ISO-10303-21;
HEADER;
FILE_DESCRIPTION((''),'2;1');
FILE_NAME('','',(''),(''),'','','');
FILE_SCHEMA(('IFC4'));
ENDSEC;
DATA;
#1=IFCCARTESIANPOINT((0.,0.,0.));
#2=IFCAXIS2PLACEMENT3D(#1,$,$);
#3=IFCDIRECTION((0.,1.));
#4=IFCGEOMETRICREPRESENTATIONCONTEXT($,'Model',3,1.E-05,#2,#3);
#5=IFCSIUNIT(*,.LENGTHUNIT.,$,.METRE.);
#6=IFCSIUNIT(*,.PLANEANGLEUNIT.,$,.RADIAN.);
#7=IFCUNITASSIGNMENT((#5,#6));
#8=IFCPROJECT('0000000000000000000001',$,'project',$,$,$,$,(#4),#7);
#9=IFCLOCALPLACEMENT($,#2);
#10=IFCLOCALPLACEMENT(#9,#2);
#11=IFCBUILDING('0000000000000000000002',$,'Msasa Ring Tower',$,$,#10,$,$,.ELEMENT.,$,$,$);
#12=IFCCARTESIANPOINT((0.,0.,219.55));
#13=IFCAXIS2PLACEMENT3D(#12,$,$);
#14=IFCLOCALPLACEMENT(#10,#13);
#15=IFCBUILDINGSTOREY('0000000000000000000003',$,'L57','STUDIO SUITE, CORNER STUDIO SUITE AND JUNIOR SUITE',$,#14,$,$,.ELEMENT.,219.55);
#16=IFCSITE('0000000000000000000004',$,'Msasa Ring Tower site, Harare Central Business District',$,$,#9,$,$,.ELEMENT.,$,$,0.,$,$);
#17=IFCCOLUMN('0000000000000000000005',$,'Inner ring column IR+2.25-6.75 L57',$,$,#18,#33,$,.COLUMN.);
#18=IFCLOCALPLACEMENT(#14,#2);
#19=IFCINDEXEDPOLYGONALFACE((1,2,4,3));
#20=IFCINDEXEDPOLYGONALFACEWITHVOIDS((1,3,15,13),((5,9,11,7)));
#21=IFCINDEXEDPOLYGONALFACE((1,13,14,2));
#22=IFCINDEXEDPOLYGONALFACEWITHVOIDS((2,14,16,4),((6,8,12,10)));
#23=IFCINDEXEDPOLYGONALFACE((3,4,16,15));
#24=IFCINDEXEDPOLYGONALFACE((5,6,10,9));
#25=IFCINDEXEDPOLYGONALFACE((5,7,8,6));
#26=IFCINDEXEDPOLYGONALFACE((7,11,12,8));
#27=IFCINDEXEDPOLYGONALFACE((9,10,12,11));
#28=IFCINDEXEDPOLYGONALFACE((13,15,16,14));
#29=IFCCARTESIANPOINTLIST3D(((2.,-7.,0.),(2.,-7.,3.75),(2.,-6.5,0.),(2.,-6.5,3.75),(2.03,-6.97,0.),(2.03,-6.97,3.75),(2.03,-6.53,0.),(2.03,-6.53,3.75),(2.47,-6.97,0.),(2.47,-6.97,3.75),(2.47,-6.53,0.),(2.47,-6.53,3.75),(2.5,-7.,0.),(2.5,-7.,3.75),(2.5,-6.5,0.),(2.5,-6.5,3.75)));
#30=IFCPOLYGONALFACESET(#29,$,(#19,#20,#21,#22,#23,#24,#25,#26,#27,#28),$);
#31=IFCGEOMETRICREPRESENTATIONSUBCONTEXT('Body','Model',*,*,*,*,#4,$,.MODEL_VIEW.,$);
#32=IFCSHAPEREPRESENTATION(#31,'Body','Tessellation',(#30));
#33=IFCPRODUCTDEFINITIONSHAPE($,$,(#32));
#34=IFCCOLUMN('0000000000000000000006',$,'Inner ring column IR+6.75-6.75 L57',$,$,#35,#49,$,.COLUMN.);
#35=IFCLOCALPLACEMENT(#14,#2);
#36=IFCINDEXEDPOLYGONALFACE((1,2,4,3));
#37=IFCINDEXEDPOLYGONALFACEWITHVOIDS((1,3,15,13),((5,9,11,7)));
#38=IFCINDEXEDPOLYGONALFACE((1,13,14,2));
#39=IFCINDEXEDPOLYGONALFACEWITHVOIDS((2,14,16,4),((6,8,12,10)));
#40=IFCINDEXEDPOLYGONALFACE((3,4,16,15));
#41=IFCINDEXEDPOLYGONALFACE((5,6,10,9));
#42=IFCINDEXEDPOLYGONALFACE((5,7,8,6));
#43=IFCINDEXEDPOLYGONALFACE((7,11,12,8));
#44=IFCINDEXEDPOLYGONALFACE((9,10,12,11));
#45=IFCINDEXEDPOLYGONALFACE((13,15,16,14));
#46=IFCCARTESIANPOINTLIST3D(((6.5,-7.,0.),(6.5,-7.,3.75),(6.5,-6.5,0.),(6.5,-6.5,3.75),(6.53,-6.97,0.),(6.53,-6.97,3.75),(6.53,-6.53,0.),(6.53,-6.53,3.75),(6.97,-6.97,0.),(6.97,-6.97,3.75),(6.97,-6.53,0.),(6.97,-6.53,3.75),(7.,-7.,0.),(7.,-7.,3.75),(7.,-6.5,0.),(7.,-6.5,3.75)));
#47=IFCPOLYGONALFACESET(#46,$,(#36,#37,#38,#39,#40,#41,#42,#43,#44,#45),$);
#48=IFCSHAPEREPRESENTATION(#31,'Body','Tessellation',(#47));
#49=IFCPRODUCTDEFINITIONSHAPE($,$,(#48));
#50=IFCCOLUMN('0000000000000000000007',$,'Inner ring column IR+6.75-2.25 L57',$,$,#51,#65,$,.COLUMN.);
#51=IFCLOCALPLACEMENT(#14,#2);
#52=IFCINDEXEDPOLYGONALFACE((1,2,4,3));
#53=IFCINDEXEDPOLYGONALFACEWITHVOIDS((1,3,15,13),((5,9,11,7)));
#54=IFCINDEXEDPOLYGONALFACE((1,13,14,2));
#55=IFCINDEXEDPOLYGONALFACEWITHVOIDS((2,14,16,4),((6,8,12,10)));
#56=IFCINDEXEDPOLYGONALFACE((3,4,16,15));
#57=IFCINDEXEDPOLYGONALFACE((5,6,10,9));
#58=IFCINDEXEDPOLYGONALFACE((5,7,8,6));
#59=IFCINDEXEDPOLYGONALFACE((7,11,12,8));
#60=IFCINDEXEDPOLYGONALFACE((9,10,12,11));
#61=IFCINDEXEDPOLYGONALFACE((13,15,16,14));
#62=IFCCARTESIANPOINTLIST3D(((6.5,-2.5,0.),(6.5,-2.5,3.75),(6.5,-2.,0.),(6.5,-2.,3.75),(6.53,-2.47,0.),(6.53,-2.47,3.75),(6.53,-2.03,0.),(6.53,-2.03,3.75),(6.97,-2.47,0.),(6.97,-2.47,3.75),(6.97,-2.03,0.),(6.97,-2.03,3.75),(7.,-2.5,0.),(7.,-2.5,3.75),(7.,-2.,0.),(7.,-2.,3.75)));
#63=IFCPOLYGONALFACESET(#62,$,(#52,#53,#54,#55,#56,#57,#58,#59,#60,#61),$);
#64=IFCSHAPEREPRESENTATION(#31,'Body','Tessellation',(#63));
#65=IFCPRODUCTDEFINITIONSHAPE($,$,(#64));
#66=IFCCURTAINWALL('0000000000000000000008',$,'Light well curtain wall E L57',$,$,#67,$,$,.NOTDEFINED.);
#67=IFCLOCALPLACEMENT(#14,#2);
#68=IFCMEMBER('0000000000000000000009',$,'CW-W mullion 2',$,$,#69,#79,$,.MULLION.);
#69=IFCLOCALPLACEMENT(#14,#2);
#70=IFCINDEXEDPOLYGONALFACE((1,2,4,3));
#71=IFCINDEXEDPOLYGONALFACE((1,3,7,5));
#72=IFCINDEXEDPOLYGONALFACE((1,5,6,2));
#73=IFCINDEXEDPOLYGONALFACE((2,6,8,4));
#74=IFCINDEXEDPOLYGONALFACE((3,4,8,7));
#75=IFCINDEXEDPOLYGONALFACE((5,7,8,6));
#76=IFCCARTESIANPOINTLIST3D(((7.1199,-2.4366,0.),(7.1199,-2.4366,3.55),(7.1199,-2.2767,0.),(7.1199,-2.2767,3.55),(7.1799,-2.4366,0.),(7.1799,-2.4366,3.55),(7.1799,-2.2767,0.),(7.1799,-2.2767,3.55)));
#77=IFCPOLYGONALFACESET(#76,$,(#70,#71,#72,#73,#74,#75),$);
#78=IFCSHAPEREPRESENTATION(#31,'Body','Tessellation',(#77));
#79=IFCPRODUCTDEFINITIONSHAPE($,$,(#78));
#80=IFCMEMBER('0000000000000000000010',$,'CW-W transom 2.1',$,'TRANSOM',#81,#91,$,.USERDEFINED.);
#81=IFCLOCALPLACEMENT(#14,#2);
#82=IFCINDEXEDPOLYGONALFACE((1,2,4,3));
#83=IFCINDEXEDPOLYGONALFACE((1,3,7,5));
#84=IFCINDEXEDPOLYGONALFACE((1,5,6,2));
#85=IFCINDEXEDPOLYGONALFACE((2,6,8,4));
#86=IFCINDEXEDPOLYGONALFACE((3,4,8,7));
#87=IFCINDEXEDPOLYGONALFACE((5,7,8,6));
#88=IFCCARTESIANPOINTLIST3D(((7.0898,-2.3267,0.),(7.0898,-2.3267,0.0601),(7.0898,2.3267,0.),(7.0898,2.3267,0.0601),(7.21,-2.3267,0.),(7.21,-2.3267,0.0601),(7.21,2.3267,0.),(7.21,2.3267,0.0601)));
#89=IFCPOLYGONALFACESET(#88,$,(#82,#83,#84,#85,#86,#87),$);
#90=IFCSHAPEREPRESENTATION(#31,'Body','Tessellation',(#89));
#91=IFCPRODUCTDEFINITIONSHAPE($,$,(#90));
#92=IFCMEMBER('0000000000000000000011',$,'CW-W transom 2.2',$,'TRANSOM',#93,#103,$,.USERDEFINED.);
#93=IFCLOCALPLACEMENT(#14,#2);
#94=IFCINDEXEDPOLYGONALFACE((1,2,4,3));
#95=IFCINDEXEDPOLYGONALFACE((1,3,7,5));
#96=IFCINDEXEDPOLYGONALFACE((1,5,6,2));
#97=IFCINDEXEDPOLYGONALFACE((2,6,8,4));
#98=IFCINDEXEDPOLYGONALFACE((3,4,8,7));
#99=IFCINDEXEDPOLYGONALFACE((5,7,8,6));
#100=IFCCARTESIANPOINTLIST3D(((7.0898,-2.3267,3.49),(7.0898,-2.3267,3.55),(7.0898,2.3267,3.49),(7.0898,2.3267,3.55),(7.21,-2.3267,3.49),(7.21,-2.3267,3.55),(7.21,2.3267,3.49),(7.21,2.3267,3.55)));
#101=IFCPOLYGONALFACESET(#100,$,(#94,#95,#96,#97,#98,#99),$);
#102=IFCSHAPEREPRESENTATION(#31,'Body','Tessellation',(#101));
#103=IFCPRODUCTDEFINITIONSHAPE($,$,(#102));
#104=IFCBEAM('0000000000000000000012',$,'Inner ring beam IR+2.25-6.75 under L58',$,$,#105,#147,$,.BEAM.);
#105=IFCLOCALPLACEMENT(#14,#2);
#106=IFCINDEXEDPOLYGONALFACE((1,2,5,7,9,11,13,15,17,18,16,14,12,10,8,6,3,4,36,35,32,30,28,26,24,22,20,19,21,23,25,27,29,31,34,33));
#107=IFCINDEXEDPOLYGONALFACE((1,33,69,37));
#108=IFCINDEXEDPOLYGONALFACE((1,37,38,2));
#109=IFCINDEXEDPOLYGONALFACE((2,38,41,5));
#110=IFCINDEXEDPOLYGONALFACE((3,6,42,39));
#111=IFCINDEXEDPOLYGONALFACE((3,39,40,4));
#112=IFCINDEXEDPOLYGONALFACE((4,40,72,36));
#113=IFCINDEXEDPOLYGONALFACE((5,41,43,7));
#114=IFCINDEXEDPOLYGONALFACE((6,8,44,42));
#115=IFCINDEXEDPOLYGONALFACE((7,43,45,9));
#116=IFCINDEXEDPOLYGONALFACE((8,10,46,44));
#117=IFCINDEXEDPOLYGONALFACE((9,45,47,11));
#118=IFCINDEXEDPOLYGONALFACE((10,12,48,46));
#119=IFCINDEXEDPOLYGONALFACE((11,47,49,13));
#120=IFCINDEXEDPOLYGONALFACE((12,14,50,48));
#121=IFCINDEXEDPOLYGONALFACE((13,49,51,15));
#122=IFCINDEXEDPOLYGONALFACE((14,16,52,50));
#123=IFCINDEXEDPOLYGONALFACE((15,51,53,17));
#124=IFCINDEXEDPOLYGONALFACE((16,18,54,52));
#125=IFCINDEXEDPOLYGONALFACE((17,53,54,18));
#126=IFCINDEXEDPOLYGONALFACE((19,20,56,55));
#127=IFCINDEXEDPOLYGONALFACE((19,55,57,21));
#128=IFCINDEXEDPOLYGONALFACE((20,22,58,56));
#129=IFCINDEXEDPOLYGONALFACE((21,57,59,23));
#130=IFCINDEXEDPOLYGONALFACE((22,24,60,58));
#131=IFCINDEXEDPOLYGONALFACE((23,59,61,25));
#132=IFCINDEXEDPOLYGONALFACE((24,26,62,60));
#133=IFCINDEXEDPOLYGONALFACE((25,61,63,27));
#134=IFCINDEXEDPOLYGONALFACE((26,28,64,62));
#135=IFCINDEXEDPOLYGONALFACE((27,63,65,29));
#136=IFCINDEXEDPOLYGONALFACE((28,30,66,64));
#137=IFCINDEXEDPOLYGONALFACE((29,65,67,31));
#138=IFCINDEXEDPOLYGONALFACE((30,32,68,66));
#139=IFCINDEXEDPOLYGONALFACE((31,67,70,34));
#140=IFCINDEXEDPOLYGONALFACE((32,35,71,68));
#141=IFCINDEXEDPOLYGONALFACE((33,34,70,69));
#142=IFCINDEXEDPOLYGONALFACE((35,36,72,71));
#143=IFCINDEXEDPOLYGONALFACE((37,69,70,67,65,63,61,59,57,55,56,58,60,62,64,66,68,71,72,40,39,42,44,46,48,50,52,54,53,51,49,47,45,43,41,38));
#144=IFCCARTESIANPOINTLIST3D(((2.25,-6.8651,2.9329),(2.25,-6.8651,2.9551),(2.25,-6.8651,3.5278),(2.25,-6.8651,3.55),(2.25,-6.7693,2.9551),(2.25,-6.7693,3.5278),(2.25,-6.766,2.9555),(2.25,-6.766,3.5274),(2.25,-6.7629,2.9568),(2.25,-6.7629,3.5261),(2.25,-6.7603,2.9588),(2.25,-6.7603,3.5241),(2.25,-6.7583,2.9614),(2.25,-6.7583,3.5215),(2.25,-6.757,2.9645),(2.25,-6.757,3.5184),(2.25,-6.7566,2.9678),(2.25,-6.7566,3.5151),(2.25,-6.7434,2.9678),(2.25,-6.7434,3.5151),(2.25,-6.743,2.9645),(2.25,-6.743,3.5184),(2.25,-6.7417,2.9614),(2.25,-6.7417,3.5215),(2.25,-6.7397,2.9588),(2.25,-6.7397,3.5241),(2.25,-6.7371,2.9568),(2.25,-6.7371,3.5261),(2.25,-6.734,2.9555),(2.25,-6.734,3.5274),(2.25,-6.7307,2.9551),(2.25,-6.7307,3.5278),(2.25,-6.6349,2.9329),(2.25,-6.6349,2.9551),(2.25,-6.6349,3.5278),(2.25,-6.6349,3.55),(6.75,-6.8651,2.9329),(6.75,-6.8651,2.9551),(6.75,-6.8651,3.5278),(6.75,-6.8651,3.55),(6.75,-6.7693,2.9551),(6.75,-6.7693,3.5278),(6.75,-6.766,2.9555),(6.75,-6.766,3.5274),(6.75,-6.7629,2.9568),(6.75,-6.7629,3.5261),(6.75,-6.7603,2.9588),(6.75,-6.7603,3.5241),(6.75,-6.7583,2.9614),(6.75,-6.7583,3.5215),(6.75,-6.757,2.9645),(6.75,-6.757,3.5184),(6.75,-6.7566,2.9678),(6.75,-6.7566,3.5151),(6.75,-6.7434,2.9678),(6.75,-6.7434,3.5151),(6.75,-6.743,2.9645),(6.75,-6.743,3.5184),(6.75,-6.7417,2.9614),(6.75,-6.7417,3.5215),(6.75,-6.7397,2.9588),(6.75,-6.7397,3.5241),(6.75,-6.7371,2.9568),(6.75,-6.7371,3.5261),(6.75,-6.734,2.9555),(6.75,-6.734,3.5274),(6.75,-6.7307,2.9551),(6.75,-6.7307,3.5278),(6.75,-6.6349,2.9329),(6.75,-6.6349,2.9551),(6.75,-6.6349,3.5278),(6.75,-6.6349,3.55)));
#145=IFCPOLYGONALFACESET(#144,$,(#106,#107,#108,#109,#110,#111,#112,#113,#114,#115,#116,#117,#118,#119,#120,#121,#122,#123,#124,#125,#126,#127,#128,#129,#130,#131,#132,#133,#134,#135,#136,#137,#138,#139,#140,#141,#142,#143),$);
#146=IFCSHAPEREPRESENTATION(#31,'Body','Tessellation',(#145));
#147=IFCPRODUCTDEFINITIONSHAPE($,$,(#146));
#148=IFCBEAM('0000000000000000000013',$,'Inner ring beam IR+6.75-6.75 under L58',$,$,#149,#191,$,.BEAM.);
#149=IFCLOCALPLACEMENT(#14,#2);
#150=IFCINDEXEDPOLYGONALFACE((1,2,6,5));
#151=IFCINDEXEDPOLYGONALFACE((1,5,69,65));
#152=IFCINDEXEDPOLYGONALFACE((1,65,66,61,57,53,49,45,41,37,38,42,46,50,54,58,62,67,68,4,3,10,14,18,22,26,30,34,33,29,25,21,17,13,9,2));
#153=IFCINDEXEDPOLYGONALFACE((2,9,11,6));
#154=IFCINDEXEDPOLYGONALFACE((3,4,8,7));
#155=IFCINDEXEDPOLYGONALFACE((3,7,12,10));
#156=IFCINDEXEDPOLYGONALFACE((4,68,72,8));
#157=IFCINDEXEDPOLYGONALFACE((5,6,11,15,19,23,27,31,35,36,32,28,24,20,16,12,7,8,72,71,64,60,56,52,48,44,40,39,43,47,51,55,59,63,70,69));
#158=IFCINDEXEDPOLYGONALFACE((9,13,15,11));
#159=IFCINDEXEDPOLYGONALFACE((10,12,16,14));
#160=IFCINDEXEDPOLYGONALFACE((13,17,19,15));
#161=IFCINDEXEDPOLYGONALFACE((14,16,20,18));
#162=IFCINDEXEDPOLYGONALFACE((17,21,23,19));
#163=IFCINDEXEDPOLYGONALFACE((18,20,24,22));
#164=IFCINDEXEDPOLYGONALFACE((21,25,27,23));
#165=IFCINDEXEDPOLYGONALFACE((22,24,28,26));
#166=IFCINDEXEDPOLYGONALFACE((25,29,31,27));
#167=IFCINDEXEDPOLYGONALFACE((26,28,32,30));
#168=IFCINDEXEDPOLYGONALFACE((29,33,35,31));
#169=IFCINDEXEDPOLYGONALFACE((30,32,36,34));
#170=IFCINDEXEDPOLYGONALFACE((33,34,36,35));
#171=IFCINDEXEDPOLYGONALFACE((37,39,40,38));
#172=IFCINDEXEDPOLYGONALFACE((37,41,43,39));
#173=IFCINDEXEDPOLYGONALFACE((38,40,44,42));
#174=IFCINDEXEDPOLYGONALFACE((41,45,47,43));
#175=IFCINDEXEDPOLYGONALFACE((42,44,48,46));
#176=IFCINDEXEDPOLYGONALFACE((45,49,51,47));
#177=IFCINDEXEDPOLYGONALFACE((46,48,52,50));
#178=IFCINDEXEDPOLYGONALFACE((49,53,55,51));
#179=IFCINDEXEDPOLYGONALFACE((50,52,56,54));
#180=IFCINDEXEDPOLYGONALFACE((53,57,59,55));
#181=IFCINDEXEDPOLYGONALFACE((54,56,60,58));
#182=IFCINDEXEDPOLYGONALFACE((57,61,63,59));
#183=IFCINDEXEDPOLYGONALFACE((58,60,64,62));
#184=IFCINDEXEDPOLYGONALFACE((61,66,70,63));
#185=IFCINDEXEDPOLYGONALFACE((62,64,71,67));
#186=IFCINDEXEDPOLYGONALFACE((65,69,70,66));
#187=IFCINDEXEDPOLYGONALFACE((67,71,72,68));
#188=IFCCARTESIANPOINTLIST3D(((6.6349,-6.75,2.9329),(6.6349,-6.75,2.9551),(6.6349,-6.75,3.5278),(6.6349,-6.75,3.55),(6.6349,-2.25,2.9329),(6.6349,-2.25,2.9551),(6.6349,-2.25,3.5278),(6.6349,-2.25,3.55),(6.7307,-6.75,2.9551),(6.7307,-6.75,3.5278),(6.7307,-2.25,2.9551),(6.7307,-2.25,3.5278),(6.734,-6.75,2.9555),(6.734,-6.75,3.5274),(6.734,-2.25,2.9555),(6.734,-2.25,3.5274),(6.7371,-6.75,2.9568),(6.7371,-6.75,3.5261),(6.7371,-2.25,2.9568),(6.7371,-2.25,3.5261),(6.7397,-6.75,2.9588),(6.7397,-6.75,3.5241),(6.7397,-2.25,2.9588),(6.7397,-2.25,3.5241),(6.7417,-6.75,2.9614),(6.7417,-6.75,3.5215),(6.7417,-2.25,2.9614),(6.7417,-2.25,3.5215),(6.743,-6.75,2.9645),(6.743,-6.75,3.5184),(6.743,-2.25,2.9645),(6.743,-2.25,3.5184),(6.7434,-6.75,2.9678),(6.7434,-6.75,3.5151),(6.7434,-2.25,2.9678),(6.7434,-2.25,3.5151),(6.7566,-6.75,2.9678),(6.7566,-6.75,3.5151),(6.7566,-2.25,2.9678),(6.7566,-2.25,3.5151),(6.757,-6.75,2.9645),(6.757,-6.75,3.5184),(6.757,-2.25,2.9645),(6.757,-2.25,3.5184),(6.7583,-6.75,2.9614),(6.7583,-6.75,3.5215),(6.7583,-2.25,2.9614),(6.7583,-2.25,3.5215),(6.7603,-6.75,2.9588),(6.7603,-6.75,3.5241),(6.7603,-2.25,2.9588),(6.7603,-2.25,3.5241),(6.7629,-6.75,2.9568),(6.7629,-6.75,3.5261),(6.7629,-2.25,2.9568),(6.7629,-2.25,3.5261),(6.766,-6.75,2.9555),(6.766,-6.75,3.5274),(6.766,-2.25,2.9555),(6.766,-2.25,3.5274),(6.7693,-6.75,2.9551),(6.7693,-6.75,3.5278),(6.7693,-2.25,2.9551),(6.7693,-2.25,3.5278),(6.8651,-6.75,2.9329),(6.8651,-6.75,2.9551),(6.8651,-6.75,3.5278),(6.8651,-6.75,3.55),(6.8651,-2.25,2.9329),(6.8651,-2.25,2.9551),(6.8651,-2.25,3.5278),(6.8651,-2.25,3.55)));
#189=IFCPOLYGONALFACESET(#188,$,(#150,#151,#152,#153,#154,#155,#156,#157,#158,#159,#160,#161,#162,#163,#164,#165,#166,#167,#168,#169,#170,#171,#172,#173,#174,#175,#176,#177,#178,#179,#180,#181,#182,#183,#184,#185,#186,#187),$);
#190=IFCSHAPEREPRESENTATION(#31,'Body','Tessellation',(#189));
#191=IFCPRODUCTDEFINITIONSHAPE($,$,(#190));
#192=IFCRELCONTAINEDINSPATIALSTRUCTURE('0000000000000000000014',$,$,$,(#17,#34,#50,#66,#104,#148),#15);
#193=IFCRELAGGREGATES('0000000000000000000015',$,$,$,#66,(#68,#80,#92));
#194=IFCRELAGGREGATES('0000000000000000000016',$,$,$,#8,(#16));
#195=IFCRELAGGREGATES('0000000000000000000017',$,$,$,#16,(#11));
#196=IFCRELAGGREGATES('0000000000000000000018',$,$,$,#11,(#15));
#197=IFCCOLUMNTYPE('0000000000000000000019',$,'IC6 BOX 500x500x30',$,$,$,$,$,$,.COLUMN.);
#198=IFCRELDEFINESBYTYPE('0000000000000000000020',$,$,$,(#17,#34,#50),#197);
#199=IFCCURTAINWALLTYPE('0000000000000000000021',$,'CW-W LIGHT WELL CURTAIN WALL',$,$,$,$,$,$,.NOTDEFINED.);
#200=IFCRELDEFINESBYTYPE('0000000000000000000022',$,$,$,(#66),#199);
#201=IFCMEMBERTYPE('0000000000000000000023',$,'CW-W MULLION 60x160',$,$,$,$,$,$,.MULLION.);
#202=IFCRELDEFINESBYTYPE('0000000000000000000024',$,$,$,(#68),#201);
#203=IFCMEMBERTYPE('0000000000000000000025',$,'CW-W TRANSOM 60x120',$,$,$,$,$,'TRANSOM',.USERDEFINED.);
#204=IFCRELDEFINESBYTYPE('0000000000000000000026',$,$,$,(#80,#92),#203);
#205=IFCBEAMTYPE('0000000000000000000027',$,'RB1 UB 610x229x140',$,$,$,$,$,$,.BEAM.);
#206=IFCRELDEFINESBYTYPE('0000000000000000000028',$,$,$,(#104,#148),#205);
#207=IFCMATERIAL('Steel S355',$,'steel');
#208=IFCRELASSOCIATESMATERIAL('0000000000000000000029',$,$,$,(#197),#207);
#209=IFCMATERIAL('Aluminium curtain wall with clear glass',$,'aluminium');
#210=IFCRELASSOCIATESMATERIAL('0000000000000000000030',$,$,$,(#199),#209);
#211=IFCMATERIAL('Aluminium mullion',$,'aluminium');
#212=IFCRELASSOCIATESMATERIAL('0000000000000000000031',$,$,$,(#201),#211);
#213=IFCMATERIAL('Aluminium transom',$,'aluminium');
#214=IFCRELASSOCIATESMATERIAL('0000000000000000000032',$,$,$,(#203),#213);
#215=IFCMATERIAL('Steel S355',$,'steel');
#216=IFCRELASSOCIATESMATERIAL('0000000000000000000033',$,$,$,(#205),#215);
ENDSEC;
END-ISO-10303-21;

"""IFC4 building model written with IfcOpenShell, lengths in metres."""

from ifc_helpers import new_model, si_unit, direction, frame, origin, origin_2d, place, context, subcontext, project, spatial, rectangle, hollow_rectangle, i_section, extrude, material, material_profile, profile_set, type_object, element, aggregate, save


model = new_model("IFC4")

# Units and contexts
model_context = context("Model", 3, precision=1e-05, world=origin(), true_north=direction((0.0, 1.0)))
body_context = subcontext(model_context, "Body", "Model", "MODEL_VIEW")
ifc_project = project(units=[si_unit("LENGTHUNIT", "METRE"), si_unit("PLANEANGLEUNIT", "RADIAN")], contexts=[model_context])

# Site, building, storey
site_placement = place(None, origin())
site = spatial("IfcSite", under=ifc_project, at=site_placement, Name="Msasa Ring Tower site, Harare Central Business District", CompositionType="ELEMENT", RefElevation=0.0)
building_placement = place(site_placement, origin())
building = spatial("IfcBuilding", under=site, at=building_placement, Name="Msasa Ring Tower", CompositionType="ELEMENT")
storey_placement = place(building_placement, frame((0.0, 0.0, 219.55)))
storey = spatial("IfcBuildingStorey", under=building, at=storey_placement, Name="L57", Description="STUDIO SUITE, CORNER STUDIO SUITE AND JUNIOR SUITE", CompositionType="ELEMENT", Elevation=219.55)

# Columns
ifc_material_1 = material(Name="Steel S355", Category="steel")
ifc_material_profile_1 = material_profile(ifc_material_1, hollow_rectangle(XDim=0.5, YDim=0.5, WallThickness=0.03, at=origin_2d()), Name="BOX 500x500x30")
ifc_profile_set_1 = profile_set([ifc_material_profile_1], Name="Steel S355")
column_type = type_object("IfcColumnType", Name="IC6 BOX 500x500x30", PredefinedType="COLUMN", material=ifc_profile_set_1)
for number, where, z_axis, x_axis, name in (
    (1, (2.25, -6.75, 0.0), (0.0, 0.0, 1.0), (1.0, 0.0, 0.0), "Inner ring column IR+2.25-6.75 L57"),
    (2, (6.75, -6.75, 0.0), (0.0, 0.0, 1.0), (1.0, 0.0, 0.0), "Inner ring column IR+6.75-6.75 L57"),
    (3, (6.75, -2.25, 0.0), (0.0, 0.0, 1.0), (1.0, 0.0, 0.0), "Inner ring column IR+6.75-2.25 L57"),
):
    element("IfcColumn", number, at=place(storey_placement, frame(where, z_axis=z_axis, x_axis=x_axis)), inside=storey, type_object=column_type, Name=name, PredefinedType="COLUMN", context=body_context, shape_type="SweptSolid", body=[
        extrude(hollow_rectangle(XDim=0.5, YDim=0.5, WallThickness=0.03, at=origin_2d()), origin(), (0.0, 0.0, 1.0), 3.75),
    ])

# Curtain wall, members
ifc_material_2 = material(Name="Aluminium curtain wall with clear glass", Category="aluminium")
curtain_wall_type = type_object("IfcCurtainWallType", Name="CW-W LIGHT WELL CURTAIN WALL", PredefinedType="NOTDEFINED", material=ifc_material_2)
curtain_wall_placement = place(storey_placement, origin())
curtain_wall = element("IfcCurtainWall", 4, at=curtain_wall_placement, inside=storey, type_object=curtain_wall_type, Name="Light well curtain wall E L57", PredefinedType="NOTDEFINED")
ifc_material_3 = material(Name="Aluminium mullion", Category="aluminium")
ifc_material_profile_2 = material_profile(ifc_material_3, rectangle(XDim=0.0601, YDim=0.1599, at=origin_2d()), Name="AL 60x160")
ifc_profile_set_2 = profile_set([ifc_material_profile_2], Name="Aluminium mullion")
member_type_1 = type_object("IfcMemberType", Name="CW-W MULLION 60x160", PredefinedType="MULLION", material=ifc_profile_set_2)
member_1_placement = place(storey_placement, frame((7.1499, -2.3567, 0.0), z_axis=(0.0, 0.0, 1.0), x_axis=(-1.0, 0.0, 0.0)))
member_1 = element("IfcMember", 5, at=member_1_placement, type_object=member_type_1, Name="CW-W mullion 2", PredefinedType="MULLION", context=body_context, shape_type="SweptSolid", body=[
    extrude(rectangle(XDim=0.0601, YDim=0.1599, at=origin_2d()), origin(), (0.0, 0.0, 1.0), 3.55),
])
ifc_material_4 = material(Name="Aluminium transom", Category="aluminium")
ifc_material_profile_3 = material_profile(ifc_material_4, rectangle(XDim=0.1201, YDim=0.0601, at=origin_2d()), Name="AL 60x120")
ifc_profile_set_3 = profile_set([ifc_material_profile_3], Name="Aluminium transom")
member_type_2 = type_object("IfcMemberType", Name="CW-W TRANSOM 60x120", ElementType="TRANSOM", PredefinedType="USERDEFINED", material=ifc_profile_set_3)
member_2_placement = place(storey_placement, frame((7.1499, -2.3267, 0.03), z_axis=(0.0, 1.0, 0.0), x_axis=(-1.0, 0.0, 0.0)))
member_2 = element("IfcMember", 6, at=member_2_placement, type_object=member_type_2, Name="CW-W transom 2.1", ObjectType="TRANSOM", PredefinedType="USERDEFINED", context=body_context, shape_type="SweptSolid", body=[
    extrude(rectangle(XDim=0.1201, YDim=0.0601, at=origin_2d()), origin(), (0.0, 0.0, 1.0), 4.6533),
])
member_3_placement = place(storey_placement, frame((7.1499, -2.3267, 3.52), z_axis=(0.0, 1.0, 0.0), x_axis=(-1.0, 0.0, 0.0)))
member_3 = element("IfcMember", 7, at=member_3_placement, type_object=member_type_2, Name="CW-W transom 2.2", ObjectType="TRANSOM", PredefinedType="USERDEFINED", context=body_context, shape_type="SweptSolid", body=[
    extrude(rectangle(XDim=0.1201, YDim=0.0601, at=origin_2d()), origin(), (0.0, 0.0, 1.0), 4.6533),
])

# Beams
ifc_material_5 = material(Name="Steel S355", Category="steel")
ifc_material_profile_4 = material_profile(ifc_material_5, i_section(OverallWidth=0.2302, OverallDepth=0.6172, WebThickness=0.0132, FlangeThickness=0.0222, FilletRadius=0.0127, at=origin_2d()), Name="UB 610x229x140")
ifc_profile_set_4 = profile_set([ifc_material_profile_4], Name="Steel S355")
beam_type = type_object("IfcBeamType", Name="RB1 UB 610x229x140", PredefinedType="BEAM", material=ifc_profile_set_4)
for number, where, z_axis, x_axis, name in (
    (8, (2.25, -6.75, 3.2415), (1.0, 0.0, 0.0), (0.0, 1.0, 0.0), "Inner ring beam IR+2.25-6.75 under L58"),
    (9, (6.75, -6.75, 3.2415), (0.0, 1.0, 0.0), (-1.0, 0.0, 0.0), "Inner ring beam IR+6.75-6.75 under L58"),
):
    element("IfcBeam", number, at=place(storey_placement, frame(where, z_axis=z_axis, x_axis=x_axis)), inside=storey, type_object=beam_type, Name=name, PredefinedType="BEAM", context=body_context, shape_type="SweptSolid", body=[
        extrude(i_section(OverallWidth=0.2302, OverallDepth=0.6172, WebThickness=0.0132, FlangeThickness=0.0222, FilletRadius=0.0127, at=origin_2d()), origin(), (0.0, 0.0, 1.0), 4.5),
    ])

aggregate(curtain_wall, [member_1, member_2, member_3])

save(model, "model.ifc")
